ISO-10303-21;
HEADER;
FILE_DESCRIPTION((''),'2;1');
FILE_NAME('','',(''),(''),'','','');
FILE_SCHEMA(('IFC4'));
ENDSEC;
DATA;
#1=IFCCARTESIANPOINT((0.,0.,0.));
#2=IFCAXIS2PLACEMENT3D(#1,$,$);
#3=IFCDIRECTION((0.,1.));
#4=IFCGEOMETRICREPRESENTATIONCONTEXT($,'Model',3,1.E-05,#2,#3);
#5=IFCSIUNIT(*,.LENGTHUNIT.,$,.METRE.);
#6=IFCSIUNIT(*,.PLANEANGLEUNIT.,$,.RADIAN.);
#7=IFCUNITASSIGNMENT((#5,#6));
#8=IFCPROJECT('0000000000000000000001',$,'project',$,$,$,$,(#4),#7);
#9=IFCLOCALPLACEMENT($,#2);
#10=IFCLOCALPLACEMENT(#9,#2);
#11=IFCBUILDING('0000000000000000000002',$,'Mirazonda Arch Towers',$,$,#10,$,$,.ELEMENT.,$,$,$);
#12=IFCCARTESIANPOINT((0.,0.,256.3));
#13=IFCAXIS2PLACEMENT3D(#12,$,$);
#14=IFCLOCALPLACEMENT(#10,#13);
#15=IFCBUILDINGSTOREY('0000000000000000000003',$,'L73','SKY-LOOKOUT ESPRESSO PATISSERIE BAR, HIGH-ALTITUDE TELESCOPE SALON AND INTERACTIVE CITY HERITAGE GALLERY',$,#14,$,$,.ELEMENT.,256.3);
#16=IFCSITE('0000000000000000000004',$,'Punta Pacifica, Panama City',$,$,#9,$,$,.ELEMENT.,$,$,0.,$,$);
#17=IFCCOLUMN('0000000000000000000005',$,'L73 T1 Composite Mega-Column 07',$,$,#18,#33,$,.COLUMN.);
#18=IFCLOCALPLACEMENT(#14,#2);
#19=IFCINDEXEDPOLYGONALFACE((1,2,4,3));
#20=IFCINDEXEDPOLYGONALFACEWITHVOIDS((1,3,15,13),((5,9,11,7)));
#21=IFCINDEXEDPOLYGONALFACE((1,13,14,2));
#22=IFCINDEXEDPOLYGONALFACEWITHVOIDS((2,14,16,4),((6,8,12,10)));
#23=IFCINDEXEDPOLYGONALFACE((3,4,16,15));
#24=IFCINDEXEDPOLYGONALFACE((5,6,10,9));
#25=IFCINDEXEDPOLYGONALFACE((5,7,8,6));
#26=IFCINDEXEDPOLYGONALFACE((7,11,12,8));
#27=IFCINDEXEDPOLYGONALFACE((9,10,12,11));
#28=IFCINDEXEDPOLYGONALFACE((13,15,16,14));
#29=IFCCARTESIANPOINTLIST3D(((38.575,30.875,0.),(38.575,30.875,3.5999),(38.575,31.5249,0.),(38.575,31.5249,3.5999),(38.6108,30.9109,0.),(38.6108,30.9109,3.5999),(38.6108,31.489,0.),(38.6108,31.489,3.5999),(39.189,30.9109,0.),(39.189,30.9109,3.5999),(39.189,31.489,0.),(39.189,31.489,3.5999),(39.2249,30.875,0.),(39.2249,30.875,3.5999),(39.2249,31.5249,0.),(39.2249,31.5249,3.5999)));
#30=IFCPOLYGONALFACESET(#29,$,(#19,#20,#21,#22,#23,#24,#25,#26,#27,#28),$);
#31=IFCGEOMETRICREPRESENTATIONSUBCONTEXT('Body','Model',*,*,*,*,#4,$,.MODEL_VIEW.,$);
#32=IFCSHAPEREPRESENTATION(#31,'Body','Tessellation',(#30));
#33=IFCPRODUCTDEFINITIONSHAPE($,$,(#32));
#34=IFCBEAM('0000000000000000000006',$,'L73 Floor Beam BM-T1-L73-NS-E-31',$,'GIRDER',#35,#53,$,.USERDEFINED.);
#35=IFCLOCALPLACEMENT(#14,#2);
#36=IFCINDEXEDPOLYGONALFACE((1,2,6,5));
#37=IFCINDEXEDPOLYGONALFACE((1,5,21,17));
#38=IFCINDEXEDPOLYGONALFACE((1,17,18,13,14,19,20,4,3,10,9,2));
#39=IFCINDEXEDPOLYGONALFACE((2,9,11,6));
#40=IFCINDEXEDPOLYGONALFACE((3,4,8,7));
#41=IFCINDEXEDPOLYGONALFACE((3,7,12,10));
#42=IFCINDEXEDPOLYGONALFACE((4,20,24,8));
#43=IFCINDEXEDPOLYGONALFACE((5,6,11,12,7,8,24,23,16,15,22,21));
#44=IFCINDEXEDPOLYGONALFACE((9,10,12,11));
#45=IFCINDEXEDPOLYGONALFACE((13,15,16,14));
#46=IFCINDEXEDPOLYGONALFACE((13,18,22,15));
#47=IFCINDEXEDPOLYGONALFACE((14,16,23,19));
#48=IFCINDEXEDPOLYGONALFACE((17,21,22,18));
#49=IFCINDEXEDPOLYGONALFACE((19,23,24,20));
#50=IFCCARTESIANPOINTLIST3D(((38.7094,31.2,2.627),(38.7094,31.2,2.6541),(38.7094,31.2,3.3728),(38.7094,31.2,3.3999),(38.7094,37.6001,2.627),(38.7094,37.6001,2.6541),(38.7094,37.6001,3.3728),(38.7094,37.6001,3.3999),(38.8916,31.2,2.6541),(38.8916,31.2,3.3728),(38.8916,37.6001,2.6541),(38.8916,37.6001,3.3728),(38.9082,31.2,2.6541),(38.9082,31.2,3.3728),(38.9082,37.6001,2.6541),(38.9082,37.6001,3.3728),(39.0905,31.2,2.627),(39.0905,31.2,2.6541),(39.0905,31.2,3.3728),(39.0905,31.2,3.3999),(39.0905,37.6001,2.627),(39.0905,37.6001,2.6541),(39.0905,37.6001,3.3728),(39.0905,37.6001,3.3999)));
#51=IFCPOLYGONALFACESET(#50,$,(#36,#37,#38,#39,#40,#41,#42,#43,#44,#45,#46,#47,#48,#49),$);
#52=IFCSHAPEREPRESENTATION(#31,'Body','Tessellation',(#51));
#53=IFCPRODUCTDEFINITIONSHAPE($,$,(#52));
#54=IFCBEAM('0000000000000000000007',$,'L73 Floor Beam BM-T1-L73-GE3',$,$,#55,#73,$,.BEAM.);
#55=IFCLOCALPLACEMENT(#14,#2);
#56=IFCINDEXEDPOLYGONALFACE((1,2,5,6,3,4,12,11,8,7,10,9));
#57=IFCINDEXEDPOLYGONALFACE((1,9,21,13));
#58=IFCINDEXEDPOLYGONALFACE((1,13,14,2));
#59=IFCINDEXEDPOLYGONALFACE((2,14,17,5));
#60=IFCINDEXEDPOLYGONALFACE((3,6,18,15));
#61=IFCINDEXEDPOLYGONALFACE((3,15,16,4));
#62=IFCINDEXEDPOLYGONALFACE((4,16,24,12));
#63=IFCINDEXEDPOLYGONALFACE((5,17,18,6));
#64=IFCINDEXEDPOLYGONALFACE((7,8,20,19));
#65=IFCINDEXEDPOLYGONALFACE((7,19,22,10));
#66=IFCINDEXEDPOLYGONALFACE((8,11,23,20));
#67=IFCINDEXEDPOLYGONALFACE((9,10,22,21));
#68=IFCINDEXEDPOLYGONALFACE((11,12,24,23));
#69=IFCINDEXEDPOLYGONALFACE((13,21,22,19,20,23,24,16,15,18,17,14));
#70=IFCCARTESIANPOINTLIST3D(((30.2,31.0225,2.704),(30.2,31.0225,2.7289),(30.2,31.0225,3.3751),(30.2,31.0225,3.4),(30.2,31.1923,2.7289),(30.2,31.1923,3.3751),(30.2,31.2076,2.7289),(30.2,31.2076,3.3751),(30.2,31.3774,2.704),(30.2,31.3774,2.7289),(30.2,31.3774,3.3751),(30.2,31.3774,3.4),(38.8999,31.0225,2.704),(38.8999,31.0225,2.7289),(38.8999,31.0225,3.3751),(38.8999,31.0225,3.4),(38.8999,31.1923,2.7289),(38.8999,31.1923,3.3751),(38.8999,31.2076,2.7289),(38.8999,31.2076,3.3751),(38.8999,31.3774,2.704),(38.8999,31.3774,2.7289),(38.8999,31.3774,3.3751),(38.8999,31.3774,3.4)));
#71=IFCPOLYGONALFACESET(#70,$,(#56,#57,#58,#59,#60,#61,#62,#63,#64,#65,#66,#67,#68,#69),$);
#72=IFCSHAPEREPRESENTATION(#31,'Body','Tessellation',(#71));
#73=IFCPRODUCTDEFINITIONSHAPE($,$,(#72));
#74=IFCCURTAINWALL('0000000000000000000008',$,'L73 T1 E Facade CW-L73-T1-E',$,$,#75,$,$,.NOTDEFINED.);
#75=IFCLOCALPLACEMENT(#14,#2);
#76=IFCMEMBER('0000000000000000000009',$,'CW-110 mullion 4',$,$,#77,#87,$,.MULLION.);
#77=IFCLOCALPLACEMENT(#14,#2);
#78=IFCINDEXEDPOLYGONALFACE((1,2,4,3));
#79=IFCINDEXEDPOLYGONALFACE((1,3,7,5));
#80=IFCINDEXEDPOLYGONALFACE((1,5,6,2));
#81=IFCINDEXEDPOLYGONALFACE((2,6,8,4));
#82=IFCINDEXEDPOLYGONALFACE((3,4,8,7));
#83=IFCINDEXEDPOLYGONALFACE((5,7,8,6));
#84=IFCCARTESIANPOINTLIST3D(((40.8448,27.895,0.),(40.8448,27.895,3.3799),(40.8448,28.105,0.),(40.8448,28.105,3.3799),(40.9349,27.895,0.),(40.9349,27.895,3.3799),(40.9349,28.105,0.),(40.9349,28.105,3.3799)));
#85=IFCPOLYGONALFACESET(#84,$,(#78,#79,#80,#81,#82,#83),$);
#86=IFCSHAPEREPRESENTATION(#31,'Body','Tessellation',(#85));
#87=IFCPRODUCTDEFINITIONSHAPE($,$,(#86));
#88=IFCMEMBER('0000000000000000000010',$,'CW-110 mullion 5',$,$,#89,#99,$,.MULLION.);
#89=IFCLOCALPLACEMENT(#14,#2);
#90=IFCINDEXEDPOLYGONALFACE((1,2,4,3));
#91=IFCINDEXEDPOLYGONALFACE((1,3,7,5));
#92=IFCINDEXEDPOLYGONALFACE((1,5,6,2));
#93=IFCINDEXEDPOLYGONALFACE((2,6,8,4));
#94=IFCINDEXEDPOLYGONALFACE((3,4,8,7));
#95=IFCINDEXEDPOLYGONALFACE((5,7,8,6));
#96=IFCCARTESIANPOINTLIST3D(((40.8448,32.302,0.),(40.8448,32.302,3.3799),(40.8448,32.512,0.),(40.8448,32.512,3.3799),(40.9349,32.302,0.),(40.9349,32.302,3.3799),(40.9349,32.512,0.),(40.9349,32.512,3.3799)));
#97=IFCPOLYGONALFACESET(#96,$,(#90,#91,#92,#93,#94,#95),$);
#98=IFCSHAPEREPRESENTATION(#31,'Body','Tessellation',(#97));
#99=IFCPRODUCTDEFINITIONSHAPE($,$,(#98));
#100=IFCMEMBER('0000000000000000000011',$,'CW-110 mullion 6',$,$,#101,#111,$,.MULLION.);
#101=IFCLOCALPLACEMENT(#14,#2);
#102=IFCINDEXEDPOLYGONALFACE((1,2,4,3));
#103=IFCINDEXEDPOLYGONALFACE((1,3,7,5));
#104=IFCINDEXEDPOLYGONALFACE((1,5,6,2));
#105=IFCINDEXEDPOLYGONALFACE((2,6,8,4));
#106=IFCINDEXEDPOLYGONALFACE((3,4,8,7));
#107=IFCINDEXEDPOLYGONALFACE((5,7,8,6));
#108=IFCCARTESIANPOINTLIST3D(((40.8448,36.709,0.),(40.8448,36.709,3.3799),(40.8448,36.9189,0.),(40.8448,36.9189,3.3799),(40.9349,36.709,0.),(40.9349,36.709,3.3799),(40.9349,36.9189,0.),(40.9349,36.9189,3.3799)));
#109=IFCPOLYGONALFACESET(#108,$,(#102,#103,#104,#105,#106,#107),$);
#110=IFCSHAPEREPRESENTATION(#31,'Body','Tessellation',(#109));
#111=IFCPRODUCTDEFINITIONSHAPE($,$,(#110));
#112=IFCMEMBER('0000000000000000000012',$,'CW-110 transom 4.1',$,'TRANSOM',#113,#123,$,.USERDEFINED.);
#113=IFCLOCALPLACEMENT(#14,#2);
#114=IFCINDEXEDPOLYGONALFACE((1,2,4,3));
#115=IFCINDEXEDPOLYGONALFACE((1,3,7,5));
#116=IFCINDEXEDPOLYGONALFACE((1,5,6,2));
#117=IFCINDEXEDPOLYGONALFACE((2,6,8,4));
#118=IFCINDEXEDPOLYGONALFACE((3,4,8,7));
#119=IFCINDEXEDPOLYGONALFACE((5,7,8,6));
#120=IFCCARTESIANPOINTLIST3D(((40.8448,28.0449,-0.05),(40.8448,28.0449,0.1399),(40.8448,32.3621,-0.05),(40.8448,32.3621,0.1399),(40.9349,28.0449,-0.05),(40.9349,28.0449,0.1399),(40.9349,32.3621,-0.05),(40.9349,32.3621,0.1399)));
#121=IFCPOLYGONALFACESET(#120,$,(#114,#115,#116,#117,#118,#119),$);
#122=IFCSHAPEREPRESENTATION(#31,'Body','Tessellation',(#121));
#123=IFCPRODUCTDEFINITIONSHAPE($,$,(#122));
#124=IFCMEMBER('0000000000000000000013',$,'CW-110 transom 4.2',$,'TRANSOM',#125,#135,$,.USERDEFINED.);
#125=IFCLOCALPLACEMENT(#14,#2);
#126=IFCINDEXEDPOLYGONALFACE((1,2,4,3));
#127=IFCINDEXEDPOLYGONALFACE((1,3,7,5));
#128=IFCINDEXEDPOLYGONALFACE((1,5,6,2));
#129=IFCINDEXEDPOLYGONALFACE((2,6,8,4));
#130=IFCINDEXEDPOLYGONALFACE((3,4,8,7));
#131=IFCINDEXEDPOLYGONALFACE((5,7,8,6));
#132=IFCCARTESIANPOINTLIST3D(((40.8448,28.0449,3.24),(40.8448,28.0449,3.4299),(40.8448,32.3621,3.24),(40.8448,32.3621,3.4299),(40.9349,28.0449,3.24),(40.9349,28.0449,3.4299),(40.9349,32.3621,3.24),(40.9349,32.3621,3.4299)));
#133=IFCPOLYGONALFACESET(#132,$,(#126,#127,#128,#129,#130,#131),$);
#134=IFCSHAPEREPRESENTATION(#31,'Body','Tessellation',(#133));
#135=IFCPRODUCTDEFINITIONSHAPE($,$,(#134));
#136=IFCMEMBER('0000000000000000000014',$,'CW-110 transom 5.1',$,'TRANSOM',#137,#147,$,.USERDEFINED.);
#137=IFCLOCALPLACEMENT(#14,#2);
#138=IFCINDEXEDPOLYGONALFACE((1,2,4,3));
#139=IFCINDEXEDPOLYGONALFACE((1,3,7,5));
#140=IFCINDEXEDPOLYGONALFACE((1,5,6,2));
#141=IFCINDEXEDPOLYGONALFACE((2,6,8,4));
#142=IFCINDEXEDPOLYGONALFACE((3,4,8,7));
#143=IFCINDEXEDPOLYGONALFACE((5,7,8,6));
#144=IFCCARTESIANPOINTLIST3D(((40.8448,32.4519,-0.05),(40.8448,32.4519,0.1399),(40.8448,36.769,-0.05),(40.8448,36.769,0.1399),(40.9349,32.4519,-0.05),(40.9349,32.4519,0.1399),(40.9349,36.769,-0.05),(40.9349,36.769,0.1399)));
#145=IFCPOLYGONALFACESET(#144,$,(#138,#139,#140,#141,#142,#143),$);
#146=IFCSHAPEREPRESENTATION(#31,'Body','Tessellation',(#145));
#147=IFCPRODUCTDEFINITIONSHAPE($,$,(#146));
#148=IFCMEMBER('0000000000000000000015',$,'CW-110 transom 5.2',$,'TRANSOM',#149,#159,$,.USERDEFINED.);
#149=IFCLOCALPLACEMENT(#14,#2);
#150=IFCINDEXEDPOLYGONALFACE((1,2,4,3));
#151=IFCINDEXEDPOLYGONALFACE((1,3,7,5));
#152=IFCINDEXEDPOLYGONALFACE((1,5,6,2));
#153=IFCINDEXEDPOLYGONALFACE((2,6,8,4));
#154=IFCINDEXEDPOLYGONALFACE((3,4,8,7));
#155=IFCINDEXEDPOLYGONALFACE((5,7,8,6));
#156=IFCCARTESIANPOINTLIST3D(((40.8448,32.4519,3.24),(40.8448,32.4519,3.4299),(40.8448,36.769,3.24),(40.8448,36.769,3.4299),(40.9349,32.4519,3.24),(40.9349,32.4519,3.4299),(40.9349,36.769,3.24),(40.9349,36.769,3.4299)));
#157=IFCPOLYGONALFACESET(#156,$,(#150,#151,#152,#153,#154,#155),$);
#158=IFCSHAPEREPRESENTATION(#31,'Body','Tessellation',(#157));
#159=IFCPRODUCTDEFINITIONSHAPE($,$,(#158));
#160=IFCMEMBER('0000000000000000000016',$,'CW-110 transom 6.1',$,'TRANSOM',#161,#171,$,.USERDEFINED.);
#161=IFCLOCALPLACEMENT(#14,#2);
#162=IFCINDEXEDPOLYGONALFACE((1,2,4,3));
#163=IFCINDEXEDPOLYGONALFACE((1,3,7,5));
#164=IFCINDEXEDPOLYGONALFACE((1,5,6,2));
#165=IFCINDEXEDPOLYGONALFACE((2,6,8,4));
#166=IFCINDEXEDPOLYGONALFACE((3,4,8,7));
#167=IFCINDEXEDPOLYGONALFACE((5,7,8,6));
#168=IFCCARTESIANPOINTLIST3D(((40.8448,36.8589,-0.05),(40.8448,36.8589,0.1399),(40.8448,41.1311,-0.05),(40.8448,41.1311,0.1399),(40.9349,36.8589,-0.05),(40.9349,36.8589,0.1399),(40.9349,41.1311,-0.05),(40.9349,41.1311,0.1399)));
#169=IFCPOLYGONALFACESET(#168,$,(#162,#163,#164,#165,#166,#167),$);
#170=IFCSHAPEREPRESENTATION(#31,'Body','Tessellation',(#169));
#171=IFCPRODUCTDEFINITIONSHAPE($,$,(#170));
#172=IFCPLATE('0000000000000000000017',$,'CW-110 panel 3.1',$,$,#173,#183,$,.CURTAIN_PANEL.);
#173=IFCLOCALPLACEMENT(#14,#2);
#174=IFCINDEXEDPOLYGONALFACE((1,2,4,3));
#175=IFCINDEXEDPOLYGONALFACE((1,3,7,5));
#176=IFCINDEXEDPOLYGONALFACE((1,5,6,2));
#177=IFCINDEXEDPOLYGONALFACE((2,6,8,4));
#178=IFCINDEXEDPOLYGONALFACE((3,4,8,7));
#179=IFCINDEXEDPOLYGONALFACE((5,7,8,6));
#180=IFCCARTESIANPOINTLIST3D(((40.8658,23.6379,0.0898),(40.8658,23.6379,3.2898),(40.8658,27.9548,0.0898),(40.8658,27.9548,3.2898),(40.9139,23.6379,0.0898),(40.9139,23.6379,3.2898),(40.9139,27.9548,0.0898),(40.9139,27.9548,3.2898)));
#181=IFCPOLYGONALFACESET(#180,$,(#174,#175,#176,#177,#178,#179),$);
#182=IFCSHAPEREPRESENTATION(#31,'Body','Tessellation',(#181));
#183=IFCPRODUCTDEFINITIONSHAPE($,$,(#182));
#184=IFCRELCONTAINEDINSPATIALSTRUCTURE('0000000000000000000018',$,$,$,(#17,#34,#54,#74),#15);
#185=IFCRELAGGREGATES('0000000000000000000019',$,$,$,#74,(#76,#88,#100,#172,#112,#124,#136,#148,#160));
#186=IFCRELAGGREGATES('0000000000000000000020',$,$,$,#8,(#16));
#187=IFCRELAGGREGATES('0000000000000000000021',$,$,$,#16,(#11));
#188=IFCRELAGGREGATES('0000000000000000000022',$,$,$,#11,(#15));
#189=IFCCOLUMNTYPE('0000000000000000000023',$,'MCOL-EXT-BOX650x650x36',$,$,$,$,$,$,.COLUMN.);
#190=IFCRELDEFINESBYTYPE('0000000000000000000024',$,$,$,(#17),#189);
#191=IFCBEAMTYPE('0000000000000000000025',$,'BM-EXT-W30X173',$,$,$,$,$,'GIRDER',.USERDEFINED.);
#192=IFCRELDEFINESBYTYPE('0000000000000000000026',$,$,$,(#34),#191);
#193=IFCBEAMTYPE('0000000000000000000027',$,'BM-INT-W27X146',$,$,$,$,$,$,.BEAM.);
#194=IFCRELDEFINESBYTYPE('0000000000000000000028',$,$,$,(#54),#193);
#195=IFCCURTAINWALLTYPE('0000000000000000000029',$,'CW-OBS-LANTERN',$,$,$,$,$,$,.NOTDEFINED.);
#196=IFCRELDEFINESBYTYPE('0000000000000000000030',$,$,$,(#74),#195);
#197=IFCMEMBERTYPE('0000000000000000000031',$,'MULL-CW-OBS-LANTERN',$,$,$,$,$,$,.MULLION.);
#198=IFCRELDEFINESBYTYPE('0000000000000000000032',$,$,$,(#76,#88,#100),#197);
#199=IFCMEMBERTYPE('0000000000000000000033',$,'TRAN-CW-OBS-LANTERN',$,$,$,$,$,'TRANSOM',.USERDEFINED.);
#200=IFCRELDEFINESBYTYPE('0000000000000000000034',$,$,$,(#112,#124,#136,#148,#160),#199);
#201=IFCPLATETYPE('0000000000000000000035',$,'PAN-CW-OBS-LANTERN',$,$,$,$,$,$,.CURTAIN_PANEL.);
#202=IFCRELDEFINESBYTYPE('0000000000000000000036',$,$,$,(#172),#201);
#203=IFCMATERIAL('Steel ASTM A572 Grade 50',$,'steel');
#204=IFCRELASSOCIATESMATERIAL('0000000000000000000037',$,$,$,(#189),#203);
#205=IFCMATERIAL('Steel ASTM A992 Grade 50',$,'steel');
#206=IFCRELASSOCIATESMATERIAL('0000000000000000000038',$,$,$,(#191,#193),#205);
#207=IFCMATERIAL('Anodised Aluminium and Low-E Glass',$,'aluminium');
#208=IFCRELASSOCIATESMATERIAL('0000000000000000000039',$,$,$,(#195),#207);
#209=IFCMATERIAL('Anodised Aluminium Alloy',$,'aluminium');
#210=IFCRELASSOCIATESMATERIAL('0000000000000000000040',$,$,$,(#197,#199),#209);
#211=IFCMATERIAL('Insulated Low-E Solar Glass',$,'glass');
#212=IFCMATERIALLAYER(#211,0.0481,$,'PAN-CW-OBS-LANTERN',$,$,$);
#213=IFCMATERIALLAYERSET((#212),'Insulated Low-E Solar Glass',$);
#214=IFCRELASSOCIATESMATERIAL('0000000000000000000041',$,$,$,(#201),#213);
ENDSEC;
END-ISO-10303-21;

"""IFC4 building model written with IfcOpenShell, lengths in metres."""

from ifc_helpers import new_model, si_unit, direction, frame, origin, origin_2d, place, context, subcontext, project, spatial, rectangle, hollow_rectangle, i_section, extrude, material, layer, layer_set, material_profile, profile_set, type_object, element, aggregate, save


model = new_model("IFC4")

# Units and contexts
model_context = context("Model", 3, precision=1e-05, world=origin(), true_north=direction((0.0, 1.0)))
body_context = subcontext(model_context, "Body", "Model", "MODEL_VIEW")
ifc_project = project(units=[si_unit("LENGTHUNIT", "METRE"), si_unit("PLANEANGLEUNIT", "RADIAN")], contexts=[model_context])

# Site, building, storey
site_placement = place(None, origin())
site = spatial("IfcSite", under=ifc_project, at=site_placement, Name="Punta Pacifica, Panama City", CompositionType="ELEMENT", RefElevation=0.0)
building_placement = place(site_placement, origin())
building = spatial("IfcBuilding", under=site, at=building_placement, Name="Mirazonda Arch Towers", CompositionType="ELEMENT")
storey_placement = place(building_placement, frame((0.0, 0.0, 256.3)))
storey = spatial("IfcBuildingStorey", under=building, at=storey_placement, Name="L73", Description="SKY-LOOKOUT ESPRESSO PATISSERIE BAR, HIGH-ALTITUDE TELESCOPE SALON AND INTERACTIVE CITY HERITAGE GALLERY", CompositionType="ELEMENT", Elevation=256.3)

# Column
ifc_material_1 = material(Name="Steel ASTM A572 Grade 50", Category="steel")
ifc_material_profile_1 = material_profile(ifc_material_1, hollow_rectangle(XDim=0.6499, YDim=0.6499, WallThickness=0.0359, at=origin_2d()), Name="BOX650x650x36")
ifc_profile_set_1 = profile_set([ifc_material_profile_1], Name="Steel ASTM A572 Grade 50")
column_type = type_object("IfcColumnType", Name="MCOL-EXT-BOX650x650x36", PredefinedType="COLUMN", material=ifc_profile_set_1)
column_placement = place(storey_placement, frame((38.8999, 31.2, 0.0), z_axis=(0.0, 0.0, 1.0), x_axis=(1.0, 0.0, 0.0)))
element("IfcColumn", 1, at=column_placement, inside=storey, type_object=column_type, Name="L73 T1 Composite Mega-Column 07", PredefinedType="COLUMN", context=body_context, shape_type="SweptSolid", body=[
    extrude(hollow_rectangle(XDim=0.6499, YDim=0.6499, WallThickness=0.0359, at=origin_2d()), origin(), (0.0, 0.0, 1.0), 3.5999),
])

# Beams
ifc_material_2 = material(Name="Steel ASTM A992 Grade 50", Category="steel")
ifc_material_profile_2 = material_profile(ifc_material_2, i_section(OverallWidth=0.3811, OverallDepth=0.7729, WebThickness=0.0166, FlangeThickness=0.0271, at=origin_2d()), Name="W30X173")
ifc_profile_set_2 = profile_set([ifc_material_profile_2], Name="Steel ASTM A992 Grade 50")
beam_type_1 = type_object("IfcBeamType", Name="BM-EXT-W30X173", ElementType="GIRDER", PredefinedType="USERDEFINED", material=ifc_profile_set_2)
beam_1_placement = place(storey_placement, frame((38.8999, 31.2, 3.0134), z_axis=(0.0, 1.0, 0.0), x_axis=(-1.0, 0.0, 0.0)))
element("IfcBeam", 2, at=beam_1_placement, inside=storey, type_object=beam_type_1, Name="L73 Floor Beam BM-T1-L73-NS-E-31", ObjectType="GIRDER", PredefinedType="USERDEFINED", context=body_context, shape_type="SweptSolid", body=[
    extrude(i_section(OverallWidth=0.3811, OverallDepth=0.7729, WebThickness=0.0166, FlangeThickness=0.0271, at=origin_2d()), origin(), (0.0, 0.0, 1.0), 6.4001),
])
ifc_material_profile_3 = material_profile(ifc_material_2, i_section(OverallWidth=0.355, OverallDepth=0.696, WebThickness=0.0154, FlangeThickness=0.0249, at=origin_2d()), Name="W27X146")
ifc_profile_set_3 = profile_set([ifc_material_profile_3], Name="Steel ASTM A992 Grade 50")
beam_type_2 = type_object("IfcBeamType", Name="BM-INT-W27X146", PredefinedType="BEAM", material=ifc_profile_set_3)
beam_2_placement = place(storey_placement, frame((30.2, 31.2, 3.052), z_axis=(1.0, 0.0, 0.0), x_axis=(0.0, 1.0, 0.0)))
element("IfcBeam", 3, at=beam_2_placement, inside=storey, type_object=beam_type_2, Name="L73 Floor Beam BM-T1-L73-GE3", PredefinedType="BEAM", context=body_context, shape_type="SweptSolid", body=[
    extrude(i_section(OverallWidth=0.355, OverallDepth=0.696, WebThickness=0.0154, FlangeThickness=0.0249, at=origin_2d()), origin(), (0.0, 0.0, 1.0), 8.7),
])

# Curtain wall, members, plate
ifc_material_3 = material(Name="Anodised Aluminium and Low-E Glass", Category="aluminium")
curtain_wall_type = type_object("IfcCurtainWallType", Name="CW-OBS-LANTERN", PredefinedType="NOTDEFINED", material=ifc_material_3)
curtain_wall_placement = place(storey_placement, origin())
curtain_wall = element("IfcCurtainWall", 4, at=curtain_wall_placement, inside=storey, type_object=curtain_wall_type, Name="L73 T1 E Facade CW-L73-T1-E", PredefinedType="NOTDEFINED")
ifc_material_4 = material(Name="Anodised Aluminium Alloy", Category="aluminium")
ifc_material_profile_4 = material_profile(ifc_material_4, rectangle(XDim=0.0901, YDim=0.21, at=origin_2d()), Name="ALU-MULL-90x210")
ifc_profile_set_4 = profile_set([ifc_material_profile_4], Name="Anodised Aluminium Alloy")
member_type_1 = type_object("IfcMemberType", Name="MULL-CW-OBS-LANTERN", PredefinedType="MULLION", material=ifc_profile_set_4)
member_1_placement = place(storey_placement, frame((40.8899, 28.0, 0.0), z_axis=(0.0, 0.0, 1.0), x_axis=(-1.0, 0.0, 0.0)))
member_1 = element("IfcMember", 5, at=member_1_placement, type_object=member_type_1, Name="CW-110 mullion 4", PredefinedType="MULLION", context=body_context, shape_type="SweptSolid", body=[
    extrude(rectangle(XDim=0.0901, YDim=0.21, at=origin_2d()), origin(), (0.0, 0.0, 1.0), 3.3799),
])
member_2_placement = place(storey_placement, frame((40.8899, 32.407, 0.0), z_axis=(0.0, 0.0, 1.0), x_axis=(-1.0, 0.0, 0.0)))
member_2 = element("IfcMember", 6, at=member_2_placement, type_object=member_type_1, Name="CW-110 mullion 5", PredefinedType="MULLION", context=body_context, shape_type="SweptSolid", body=[
    extrude(rectangle(XDim=0.0901, YDim=0.21, at=origin_2d()), origin(), (0.0, 0.0, 1.0), 3.3799),
])
member_3_placement = place(storey_placement, frame((40.8899, 36.814, 0.0), z_axis=(0.0, 0.0, 1.0), x_axis=(-1.0, 0.0, 0.0)))
member_3 = element("IfcMember", 7, at=member_3_placement, type_object=member_type_1, Name="CW-110 mullion 6", PredefinedType="MULLION", context=body_context, shape_type="SweptSolid", body=[
    extrude(rectangle(XDim=0.0901, YDim=0.21, at=origin_2d()), origin(), (0.0, 0.0, 1.0), 3.3799),
])
ifc_material_profile_5 = material_profile(ifc_material_4, rectangle(XDim=0.0901, YDim=0.1899, at=origin_2d()), Name="ALU-TRAN-90x190")
ifc_profile_set_5 = profile_set([ifc_material_profile_5], Name="Anodised Aluminium Alloy")
member_type_2 = type_object("IfcMemberType", Name="TRAN-CW-OBS-LANTERN", ElementType="TRANSOM", PredefinedType="USERDEFINED", material=ifc_profile_set_5)
member_4_placement = place(storey_placement, frame((40.8899, 28.0449, 0.0449), z_axis=(0.0, 1.0, 0.0), x_axis=(-1.0, 0.0, 0.0)))
member_4 = element("IfcMember", 8, at=member_4_placement, type_object=member_type_2, Name="CW-110 transom 4.1", ObjectType="TRANSOM", PredefinedType="USERDEFINED", context=body_context, shape_type="SweptSolid", body=[
    extrude(rectangle(XDim=0.0901, YDim=0.1899, at=origin_2d()), origin(), (0.0, 0.0, 1.0), 4.3171),
])
member_5_placement = place(storey_placement, frame((40.8899, 28.0449, 3.335), z_axis=(0.0, 1.0, 0.0), x_axis=(-1.0, 0.0, 0.0)))
member_5 = element("IfcMember", 9, at=member_5_placement, type_object=member_type_2, Name="CW-110 transom 4.2", ObjectType="TRANSOM", PredefinedType="USERDEFINED", context=body_context, shape_type="SweptSolid", body=[
    extrude(rectangle(XDim=0.0901, YDim=0.1899, at=origin_2d()), origin(), (0.0, 0.0, 1.0), 4.3171),
])
member_6_placement = place(storey_placement, frame((40.8899, 32.4519, 0.0449), z_axis=(0.0, 1.0, 0.0), x_axis=(-1.0, 0.0, 0.0)))
member_6 = element("IfcMember", 10, at=member_6_placement, type_object=member_type_2, Name="CW-110 transom 5.1", ObjectType="TRANSOM", PredefinedType="USERDEFINED", context=body_context, shape_type="SweptSolid", body=[
    extrude(rectangle(XDim=0.0901, YDim=0.1899, at=origin_2d()), origin(), (0.0, 0.0, 1.0), 4.3171),
])
member_7_placement = place(storey_placement, frame((40.8899, 32.4519, 3.335), z_axis=(0.0, 1.0, 0.0), x_axis=(-1.0, 0.0, 0.0)))
member_7 = element("IfcMember", 11, at=member_7_placement, type_object=member_type_2, Name="CW-110 transom 5.2", ObjectType="TRANSOM", PredefinedType="USERDEFINED", context=body_context, shape_type="SweptSolid", body=[
    extrude(rectangle(XDim=0.0901, YDim=0.1899, at=origin_2d()), origin(), (0.0, 0.0, 1.0), 4.3171),
])
member_8_placement = place(storey_placement, frame((40.8899, 36.8589, 0.0449), z_axis=(0.0, 1.0, 0.0), x_axis=(-1.0, 0.0, 0.0)))
member_8 = element("IfcMember", 12, at=member_8_placement, type_object=member_type_2, Name="CW-110 transom 6.1", ObjectType="TRANSOM", PredefinedType="USERDEFINED", context=body_context, shape_type="SweptSolid", body=[
    extrude(rectangle(XDim=0.0901, YDim=0.1899, at=origin_2d()), origin(), (0.0, 0.0, 1.0), 4.2722),
])
ifc_material_5 = material(Name="Insulated Low-E Solar Glass", Category="glass")
ifc_layer_1 = layer(ifc_material_5, 0.0481, Name="PAN-CW-OBS-LANTERN")
ifc_layer_set_1 = layer_set([ifc_layer_1], Name="Insulated Low-E Solar Glass")
plate_type = type_object("IfcPlateType", Name="PAN-CW-OBS-LANTERN", PredefinedType="CURTAIN_PANEL", material=ifc_layer_set_1)
plate_1_placement = place(storey_placement, frame((40.8899, 25.7964, 0.0898), z_axis=(0.0, 0.0, 1.0), x_axis=(0.0, 1.0, 0.0)))
plate_1 = element("IfcPlate", 13, at=plate_1_placement, type_object=plate_type, Name="CW-110 panel 3.1", PredefinedType="CURTAIN_PANEL", context=body_context, shape_type="SweptSolid", body=[
    extrude(rectangle(XDim=4.3169, YDim=0.0481, at=origin_2d()), origin(), (0.0, 0.0, 1.0), 3.2),
])
aggregate(curtain_wall, [member_1, member_2, member_3, plate_1, member_4, member_5, member_6, member_7, member_8])

save(model, "model.ifc")
